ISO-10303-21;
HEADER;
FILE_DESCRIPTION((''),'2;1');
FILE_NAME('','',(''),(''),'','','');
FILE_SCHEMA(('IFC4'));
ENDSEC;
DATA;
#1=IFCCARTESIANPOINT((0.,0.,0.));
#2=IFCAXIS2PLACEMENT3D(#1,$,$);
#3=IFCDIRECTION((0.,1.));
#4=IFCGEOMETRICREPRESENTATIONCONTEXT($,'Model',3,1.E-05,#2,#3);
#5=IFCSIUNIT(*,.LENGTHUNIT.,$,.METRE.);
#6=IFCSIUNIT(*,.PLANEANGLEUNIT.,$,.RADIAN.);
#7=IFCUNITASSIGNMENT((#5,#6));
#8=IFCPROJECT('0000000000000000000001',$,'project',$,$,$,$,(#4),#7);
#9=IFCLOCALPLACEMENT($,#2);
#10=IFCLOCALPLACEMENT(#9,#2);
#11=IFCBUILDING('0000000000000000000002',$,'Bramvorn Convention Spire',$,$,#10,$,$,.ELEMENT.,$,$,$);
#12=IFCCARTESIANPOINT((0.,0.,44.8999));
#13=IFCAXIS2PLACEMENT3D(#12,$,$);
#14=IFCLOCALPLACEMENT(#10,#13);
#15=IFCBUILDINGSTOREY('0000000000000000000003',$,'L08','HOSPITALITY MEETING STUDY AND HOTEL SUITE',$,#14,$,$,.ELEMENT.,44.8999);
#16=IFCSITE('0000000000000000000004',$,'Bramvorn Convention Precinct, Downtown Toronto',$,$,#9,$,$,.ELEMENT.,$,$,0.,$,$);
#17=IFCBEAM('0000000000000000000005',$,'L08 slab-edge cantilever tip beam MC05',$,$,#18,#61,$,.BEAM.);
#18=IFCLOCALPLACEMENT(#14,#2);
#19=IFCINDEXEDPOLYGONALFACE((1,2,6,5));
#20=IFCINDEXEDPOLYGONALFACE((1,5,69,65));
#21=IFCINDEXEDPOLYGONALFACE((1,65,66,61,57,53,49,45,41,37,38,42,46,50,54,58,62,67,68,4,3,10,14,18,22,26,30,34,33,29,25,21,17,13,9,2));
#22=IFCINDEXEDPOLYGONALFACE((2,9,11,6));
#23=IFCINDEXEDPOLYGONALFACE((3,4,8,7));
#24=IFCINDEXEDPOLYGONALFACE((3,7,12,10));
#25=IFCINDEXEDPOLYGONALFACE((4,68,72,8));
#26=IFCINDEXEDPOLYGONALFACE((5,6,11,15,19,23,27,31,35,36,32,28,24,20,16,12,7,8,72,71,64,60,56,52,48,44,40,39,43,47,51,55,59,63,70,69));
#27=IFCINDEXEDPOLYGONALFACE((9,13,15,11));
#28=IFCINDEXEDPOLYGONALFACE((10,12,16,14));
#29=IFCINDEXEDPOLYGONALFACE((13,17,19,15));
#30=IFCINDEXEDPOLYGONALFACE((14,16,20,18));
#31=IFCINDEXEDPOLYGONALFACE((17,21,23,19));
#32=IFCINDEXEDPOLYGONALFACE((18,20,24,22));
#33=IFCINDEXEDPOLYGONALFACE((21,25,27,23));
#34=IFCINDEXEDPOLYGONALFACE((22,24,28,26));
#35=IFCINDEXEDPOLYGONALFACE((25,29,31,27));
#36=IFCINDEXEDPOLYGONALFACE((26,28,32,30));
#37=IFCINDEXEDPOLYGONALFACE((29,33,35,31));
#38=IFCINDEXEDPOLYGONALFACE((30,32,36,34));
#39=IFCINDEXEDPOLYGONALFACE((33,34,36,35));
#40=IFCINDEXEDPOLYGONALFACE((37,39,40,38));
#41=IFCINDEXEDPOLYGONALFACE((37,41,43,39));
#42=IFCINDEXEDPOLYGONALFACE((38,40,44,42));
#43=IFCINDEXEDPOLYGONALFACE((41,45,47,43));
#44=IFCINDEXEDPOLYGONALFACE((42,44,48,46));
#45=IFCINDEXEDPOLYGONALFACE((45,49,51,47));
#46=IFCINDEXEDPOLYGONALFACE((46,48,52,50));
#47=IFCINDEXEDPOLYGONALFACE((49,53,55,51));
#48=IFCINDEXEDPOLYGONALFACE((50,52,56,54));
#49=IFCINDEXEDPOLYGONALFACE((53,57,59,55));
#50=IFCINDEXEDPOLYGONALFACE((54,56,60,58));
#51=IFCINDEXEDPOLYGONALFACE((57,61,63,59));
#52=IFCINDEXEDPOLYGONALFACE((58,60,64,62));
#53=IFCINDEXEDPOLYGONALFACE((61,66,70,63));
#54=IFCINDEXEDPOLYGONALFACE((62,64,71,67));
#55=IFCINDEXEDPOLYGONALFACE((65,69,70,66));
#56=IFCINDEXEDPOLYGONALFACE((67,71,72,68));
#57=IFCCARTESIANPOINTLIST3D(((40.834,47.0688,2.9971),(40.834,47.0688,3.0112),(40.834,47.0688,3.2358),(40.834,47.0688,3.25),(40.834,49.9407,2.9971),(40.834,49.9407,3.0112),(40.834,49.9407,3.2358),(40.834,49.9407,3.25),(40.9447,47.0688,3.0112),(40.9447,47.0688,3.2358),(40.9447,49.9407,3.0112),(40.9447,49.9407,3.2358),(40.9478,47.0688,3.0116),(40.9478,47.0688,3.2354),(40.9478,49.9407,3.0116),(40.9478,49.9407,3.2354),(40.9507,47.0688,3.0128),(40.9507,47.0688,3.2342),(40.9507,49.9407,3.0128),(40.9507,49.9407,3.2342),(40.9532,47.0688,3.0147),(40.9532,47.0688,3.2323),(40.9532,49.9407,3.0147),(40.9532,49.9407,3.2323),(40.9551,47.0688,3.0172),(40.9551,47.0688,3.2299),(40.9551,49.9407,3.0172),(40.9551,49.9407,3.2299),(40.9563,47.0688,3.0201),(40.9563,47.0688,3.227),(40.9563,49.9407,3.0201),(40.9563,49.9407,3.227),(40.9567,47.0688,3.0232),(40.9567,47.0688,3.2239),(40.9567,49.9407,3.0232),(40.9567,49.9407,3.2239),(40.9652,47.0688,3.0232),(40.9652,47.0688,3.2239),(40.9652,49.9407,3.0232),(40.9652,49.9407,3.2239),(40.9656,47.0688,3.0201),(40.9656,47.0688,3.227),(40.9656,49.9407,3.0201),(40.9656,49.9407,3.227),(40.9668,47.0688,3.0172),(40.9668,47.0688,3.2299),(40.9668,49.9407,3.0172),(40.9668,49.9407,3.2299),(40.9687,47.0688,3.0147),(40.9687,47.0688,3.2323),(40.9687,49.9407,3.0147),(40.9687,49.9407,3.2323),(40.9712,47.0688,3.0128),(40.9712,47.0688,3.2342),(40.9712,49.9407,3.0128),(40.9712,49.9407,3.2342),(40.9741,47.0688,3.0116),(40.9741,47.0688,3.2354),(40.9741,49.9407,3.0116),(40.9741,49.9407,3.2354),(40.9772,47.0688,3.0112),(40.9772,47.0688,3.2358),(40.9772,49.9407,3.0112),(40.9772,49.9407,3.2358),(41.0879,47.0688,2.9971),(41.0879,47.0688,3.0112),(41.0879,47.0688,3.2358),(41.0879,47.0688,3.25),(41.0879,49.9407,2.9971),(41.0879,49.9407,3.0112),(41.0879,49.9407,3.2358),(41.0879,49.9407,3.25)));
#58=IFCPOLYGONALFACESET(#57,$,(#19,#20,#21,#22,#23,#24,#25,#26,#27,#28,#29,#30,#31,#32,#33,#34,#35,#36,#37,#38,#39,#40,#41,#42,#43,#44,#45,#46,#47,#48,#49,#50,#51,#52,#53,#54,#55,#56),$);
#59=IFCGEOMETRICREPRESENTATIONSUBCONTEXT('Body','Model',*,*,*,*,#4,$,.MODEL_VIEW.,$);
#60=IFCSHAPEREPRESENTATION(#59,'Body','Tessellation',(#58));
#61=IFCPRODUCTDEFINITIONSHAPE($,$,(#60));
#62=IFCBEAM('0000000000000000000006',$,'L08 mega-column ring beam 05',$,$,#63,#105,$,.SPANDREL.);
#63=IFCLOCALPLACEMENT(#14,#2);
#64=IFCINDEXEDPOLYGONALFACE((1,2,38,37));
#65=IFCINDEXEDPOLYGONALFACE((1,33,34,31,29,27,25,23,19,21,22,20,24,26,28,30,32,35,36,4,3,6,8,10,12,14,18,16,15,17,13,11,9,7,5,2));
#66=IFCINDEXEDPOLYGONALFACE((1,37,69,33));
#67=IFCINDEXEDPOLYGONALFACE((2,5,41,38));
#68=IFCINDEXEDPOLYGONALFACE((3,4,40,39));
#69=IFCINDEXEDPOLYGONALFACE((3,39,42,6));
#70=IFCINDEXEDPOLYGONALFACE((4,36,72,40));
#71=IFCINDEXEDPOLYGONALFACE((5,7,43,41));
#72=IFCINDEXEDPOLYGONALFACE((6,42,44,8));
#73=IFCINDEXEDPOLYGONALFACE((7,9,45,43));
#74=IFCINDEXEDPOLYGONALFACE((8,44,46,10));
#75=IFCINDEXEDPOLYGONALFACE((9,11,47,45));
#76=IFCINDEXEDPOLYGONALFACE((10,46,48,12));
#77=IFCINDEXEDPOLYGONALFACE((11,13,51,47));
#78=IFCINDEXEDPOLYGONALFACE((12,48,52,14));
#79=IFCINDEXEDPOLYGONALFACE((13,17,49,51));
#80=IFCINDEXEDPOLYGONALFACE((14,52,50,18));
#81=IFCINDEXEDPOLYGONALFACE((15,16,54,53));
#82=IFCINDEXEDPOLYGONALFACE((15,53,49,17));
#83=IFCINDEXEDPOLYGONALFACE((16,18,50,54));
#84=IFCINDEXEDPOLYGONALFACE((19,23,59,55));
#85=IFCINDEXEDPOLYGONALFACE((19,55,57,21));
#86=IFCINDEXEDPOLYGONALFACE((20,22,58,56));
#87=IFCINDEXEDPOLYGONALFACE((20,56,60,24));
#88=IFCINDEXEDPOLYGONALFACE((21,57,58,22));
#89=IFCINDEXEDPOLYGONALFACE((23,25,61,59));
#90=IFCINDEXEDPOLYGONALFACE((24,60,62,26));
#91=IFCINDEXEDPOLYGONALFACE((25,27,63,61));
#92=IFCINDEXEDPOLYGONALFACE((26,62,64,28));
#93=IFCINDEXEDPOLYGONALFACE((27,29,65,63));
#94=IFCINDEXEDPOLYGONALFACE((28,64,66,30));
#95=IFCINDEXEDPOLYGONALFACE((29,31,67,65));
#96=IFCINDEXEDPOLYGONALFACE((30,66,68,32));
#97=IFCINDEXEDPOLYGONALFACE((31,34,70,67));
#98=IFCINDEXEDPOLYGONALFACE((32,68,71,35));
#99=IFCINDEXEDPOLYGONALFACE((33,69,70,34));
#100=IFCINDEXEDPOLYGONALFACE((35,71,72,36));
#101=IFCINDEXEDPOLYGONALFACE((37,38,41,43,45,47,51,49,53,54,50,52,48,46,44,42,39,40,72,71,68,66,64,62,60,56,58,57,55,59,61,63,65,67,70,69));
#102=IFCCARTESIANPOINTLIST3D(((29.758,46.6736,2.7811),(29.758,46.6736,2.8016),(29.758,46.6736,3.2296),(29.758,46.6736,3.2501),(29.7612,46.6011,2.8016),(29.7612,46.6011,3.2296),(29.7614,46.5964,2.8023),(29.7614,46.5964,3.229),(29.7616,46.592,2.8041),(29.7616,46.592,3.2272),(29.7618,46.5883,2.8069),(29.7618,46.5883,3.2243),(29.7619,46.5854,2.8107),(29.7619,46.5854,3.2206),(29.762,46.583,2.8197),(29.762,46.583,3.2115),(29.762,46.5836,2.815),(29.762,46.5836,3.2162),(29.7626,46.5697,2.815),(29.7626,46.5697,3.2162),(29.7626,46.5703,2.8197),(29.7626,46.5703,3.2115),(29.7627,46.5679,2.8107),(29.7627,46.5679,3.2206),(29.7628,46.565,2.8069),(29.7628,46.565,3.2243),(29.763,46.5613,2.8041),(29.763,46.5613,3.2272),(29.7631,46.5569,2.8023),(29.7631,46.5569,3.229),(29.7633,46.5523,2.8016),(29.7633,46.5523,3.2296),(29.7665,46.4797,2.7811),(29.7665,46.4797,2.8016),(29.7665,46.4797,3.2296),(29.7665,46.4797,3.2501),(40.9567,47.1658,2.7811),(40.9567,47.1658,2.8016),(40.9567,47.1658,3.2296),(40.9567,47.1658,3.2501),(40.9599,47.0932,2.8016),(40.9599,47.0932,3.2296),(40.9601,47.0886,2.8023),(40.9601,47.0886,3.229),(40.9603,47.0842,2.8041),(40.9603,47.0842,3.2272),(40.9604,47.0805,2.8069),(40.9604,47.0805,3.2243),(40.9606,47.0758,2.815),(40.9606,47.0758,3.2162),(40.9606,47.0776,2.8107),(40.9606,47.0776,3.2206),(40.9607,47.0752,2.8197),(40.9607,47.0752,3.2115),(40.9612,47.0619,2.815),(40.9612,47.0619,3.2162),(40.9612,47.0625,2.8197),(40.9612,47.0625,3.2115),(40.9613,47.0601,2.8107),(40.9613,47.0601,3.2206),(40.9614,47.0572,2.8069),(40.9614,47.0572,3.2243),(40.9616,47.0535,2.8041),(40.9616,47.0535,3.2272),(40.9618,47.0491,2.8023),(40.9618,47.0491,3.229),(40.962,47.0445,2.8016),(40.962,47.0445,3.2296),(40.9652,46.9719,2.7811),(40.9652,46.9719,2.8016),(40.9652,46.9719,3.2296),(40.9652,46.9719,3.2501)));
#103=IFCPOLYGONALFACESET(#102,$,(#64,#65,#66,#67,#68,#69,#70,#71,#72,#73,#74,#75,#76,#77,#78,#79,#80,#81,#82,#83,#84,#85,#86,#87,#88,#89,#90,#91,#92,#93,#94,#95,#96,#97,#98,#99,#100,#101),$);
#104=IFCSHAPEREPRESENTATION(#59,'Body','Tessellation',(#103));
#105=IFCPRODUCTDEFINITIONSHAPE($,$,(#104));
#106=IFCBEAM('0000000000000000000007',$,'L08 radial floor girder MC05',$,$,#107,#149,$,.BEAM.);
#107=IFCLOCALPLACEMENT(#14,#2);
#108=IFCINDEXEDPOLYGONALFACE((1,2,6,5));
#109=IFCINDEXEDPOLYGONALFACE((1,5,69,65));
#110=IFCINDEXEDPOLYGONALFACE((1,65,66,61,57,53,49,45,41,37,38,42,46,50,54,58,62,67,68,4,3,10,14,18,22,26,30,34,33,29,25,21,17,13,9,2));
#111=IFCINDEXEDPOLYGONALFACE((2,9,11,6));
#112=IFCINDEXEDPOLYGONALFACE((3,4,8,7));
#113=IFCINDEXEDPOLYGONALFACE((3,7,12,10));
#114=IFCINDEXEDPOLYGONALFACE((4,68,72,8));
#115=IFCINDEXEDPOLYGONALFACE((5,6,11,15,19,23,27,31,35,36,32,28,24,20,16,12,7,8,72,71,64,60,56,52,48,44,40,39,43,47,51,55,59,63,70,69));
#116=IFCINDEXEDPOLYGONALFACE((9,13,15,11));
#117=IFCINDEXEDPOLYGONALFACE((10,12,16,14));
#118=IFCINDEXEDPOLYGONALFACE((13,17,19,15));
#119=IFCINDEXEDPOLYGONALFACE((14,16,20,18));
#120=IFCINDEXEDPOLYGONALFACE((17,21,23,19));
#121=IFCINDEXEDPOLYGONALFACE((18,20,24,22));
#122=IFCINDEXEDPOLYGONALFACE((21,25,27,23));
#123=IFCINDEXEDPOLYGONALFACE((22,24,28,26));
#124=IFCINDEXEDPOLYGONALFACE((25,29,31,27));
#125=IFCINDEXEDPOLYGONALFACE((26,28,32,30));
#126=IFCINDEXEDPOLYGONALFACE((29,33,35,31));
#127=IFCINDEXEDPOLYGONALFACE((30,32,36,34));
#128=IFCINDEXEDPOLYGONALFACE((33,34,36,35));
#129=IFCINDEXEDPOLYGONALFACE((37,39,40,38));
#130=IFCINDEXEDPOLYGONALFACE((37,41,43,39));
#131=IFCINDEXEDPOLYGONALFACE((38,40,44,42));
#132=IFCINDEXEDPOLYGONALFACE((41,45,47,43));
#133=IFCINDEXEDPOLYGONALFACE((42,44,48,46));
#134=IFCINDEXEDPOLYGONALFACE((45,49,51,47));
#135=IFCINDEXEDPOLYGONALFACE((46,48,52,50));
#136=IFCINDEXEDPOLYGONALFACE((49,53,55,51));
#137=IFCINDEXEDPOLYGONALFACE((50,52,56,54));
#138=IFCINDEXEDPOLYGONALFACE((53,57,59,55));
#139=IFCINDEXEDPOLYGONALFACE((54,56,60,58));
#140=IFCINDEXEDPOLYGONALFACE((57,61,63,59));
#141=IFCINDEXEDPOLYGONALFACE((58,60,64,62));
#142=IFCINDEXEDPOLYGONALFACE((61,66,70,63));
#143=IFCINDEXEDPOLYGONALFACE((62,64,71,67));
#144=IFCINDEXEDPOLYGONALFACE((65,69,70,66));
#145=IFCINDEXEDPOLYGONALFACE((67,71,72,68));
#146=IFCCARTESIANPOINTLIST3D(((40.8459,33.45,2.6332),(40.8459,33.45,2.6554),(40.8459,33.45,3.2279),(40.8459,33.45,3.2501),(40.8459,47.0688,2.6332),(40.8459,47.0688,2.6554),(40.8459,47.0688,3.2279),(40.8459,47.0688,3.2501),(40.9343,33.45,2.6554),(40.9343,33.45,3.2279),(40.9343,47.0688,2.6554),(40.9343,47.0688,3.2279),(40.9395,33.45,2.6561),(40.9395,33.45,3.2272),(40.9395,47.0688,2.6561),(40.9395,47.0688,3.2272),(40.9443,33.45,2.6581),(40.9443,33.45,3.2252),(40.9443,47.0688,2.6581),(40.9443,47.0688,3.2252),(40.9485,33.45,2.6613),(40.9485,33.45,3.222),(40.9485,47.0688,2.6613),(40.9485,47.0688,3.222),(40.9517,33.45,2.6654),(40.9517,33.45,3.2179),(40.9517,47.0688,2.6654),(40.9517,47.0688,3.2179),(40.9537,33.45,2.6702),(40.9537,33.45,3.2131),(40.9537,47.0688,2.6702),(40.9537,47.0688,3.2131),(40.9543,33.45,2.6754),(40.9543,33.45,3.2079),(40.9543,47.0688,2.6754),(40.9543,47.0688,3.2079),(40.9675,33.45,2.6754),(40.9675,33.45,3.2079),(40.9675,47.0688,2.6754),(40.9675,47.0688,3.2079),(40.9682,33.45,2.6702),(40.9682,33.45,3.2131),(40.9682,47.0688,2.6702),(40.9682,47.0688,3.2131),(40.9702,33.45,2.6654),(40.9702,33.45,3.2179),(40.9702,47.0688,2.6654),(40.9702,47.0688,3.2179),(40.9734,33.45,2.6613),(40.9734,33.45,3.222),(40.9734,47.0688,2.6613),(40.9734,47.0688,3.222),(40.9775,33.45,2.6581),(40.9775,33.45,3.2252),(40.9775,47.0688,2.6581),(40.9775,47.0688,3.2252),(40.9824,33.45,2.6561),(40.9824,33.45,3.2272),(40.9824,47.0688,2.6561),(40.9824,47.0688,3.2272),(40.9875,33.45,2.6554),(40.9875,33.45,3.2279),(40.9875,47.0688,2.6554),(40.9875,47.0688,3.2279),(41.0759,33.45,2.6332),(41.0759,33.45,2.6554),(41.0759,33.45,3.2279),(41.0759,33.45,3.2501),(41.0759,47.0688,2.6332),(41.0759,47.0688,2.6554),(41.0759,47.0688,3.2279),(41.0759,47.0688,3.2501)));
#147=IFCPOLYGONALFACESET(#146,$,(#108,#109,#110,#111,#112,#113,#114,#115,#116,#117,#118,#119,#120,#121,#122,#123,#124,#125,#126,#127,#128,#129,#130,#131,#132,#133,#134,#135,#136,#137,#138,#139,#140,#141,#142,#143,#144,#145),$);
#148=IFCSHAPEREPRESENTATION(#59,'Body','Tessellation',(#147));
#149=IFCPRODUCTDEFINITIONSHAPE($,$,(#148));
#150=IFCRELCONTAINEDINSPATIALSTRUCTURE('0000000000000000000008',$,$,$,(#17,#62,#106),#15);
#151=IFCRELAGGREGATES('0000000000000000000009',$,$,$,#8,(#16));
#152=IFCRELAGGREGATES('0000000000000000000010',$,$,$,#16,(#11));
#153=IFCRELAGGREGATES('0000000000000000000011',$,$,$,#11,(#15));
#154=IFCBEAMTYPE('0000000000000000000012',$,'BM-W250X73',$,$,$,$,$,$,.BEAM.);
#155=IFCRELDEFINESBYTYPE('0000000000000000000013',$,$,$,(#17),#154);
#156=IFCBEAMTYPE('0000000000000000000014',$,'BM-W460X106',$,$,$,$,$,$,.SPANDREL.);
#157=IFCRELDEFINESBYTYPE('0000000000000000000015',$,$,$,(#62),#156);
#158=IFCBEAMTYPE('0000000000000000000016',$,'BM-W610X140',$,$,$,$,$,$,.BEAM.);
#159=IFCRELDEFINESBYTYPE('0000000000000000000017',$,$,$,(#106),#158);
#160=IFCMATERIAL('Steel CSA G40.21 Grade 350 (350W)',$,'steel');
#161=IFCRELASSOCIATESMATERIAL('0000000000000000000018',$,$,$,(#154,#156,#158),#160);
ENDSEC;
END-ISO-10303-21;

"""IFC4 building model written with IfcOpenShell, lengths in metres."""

from ifc_helpers import new_model, si_unit, direction, frame, origin, origin_2d, place, context, subcontext, project, spatial, i_section, extrude, material, material_profile, profile_set, type_object, element, save


model = new_model("IFC4")

# Units and contexts
model_context = context("Model", 3, precision=1e-05, world=origin(), true_north=direction((0.0, 1.0)))
body_context = subcontext(model_context, "Body", "Model", "MODEL_VIEW")
ifc_project = project(units=[si_unit("LENGTHUNIT", "METRE"), si_unit("PLANEANGLEUNIT", "RADIAN")], contexts=[model_context])

# Site, building, storey
site_placement = place(None, origin())
site = spatial("IfcSite", under=ifc_project, at=site_placement, Name="Bramvorn Convention Precinct, Downtown Toronto", CompositionType="ELEMENT", RefElevation=0.0)
building_placement = place(site_placement, origin())
building = spatial("IfcBuilding", under=site, at=building_placement, Name="Bramvorn Convention Spire", CompositionType="ELEMENT")
storey_placement = place(building_placement, frame((0.0, 0.0, 44.8999)))
storey = spatial("IfcBuildingStorey", under=building, at=storey_placement, Name="L08", Description="HOSPITALITY MEETING STUDY AND HOTEL SUITE", CompositionType="ELEMENT", Elevation=44.8999)

# Shared definitions
ifc_material_1 = material(Name="Steel CSA G40.21 Grade 350 (350W)", Category="steel")

# Beams
ifc_material_profile_1 = material_profile(ifc_material_1, i_section(OverallWidth=0.2539, OverallDepth=0.2529, WebThickness=0.0085, FlangeThickness=0.0142, FilletRadius=0.012, at=origin_2d()))
ifc_profile_set_1 = profile_set([ifc_material_profile_1], Name="Steel CSA G40.21 Grade 350 (350W) - W250X73")
beam_type_1 = type_object("IfcBeamType", Name="BM-W250X73", PredefinedType="BEAM", material=ifc_profile_set_1)
beam_1_placement = place(storey_placement, frame((40.9609, 47.0688, 3.1235), z_axis=(0.0, 1.0, 0.0), x_axis=(-1.0, 0.0, 0.0)))
element("IfcBeam", 1, at=beam_1_placement, inside=storey, type_object=beam_type_1, Name="L08 slab-edge cantilever tip beam MC05", PredefinedType="BEAM", context=body_context, shape_type="SweptSolid", body=[
    extrude(i_section(OverallWidth=0.2539, OverallDepth=0.2529, WebThickness=0.0085, FlangeThickness=0.0142, FilletRadius=0.012, at=origin_2d()), origin(), (0.0, 0.0, 1.0), 2.8718),
])
ifc_material_profile_2 = material_profile(ifc_material_1, i_section(OverallWidth=0.1941, OverallDepth=0.469, WebThickness=0.0127, FlangeThickness=0.0205, FilletRadius=0.0181, at=origin_2d()))
ifc_profile_set_2 = profile_set([ifc_material_profile_2], Name="Steel CSA G40.21 Grade 350 (350W) - W460X106")
beam_type_2 = type_object("IfcBeamType", Name="BM-W460X106", PredefinedType="SPANDREL", material=ifc_profile_set_2)
beam_2_placement = place(storey_placement, frame((40.9609, 47.0688, 3.0156), z_axis=(-0.999036, -0.043908, 0.0), x_axis=(0.043908, -0.999036, 0.0)))
element("IfcBeam", 2, at=beam_2_placement, inside=storey, type_object=beam_type_2, Name="L08 mega-column ring beam 05", PredefinedType="SPANDREL", context=body_context, shape_type="SweptSolid", body=[
    extrude(i_section(OverallWidth=0.1941, OverallDepth=0.469, WebThickness=0.0127, FlangeThickness=0.0205, FilletRadius=0.0181, at=origin_2d()), origin(), (0.0, 0.0, 1.0), 11.2095),
])
ifc_material_profile_3 = material_profile(ifc_material_1, i_section(OverallWidth=0.23, OverallDepth=0.6169, WebThickness=0.0132, FlangeThickness=0.0222, FilletRadius=0.02, at=origin_2d()))
ifc_profile_set_3 = profile_set([ifc_material_profile_3], Name="Steel CSA G40.21 Grade 350 (350W) - W610X140")
beam_type_3 = type_object("IfcBeamType", Name="BM-W610X140", PredefinedType="BEAM", material=ifc_profile_set_3)
beam_3_placement = place(storey_placement, frame((40.9609, 33.45, 2.9417), z_axis=(0.0, 1.0, 0.0), x_axis=(-1.0, 0.0, 0.0)))
element("IfcBeam", 3, at=beam_3_placement, inside=storey, type_object=beam_type_3, Name="L08 radial floor girder MC05", PredefinedType="BEAM", context=body_context, shape_type="SweptSolid", body=[
    extrude(i_section(OverallWidth=0.23, OverallDepth=0.6169, WebThickness=0.0132, FlangeThickness=0.0222, FilletRadius=0.02, at=origin_2d()), origin(), (0.0, 0.0, 1.0), 13.6189),
])

save(model, "model.ifc")
